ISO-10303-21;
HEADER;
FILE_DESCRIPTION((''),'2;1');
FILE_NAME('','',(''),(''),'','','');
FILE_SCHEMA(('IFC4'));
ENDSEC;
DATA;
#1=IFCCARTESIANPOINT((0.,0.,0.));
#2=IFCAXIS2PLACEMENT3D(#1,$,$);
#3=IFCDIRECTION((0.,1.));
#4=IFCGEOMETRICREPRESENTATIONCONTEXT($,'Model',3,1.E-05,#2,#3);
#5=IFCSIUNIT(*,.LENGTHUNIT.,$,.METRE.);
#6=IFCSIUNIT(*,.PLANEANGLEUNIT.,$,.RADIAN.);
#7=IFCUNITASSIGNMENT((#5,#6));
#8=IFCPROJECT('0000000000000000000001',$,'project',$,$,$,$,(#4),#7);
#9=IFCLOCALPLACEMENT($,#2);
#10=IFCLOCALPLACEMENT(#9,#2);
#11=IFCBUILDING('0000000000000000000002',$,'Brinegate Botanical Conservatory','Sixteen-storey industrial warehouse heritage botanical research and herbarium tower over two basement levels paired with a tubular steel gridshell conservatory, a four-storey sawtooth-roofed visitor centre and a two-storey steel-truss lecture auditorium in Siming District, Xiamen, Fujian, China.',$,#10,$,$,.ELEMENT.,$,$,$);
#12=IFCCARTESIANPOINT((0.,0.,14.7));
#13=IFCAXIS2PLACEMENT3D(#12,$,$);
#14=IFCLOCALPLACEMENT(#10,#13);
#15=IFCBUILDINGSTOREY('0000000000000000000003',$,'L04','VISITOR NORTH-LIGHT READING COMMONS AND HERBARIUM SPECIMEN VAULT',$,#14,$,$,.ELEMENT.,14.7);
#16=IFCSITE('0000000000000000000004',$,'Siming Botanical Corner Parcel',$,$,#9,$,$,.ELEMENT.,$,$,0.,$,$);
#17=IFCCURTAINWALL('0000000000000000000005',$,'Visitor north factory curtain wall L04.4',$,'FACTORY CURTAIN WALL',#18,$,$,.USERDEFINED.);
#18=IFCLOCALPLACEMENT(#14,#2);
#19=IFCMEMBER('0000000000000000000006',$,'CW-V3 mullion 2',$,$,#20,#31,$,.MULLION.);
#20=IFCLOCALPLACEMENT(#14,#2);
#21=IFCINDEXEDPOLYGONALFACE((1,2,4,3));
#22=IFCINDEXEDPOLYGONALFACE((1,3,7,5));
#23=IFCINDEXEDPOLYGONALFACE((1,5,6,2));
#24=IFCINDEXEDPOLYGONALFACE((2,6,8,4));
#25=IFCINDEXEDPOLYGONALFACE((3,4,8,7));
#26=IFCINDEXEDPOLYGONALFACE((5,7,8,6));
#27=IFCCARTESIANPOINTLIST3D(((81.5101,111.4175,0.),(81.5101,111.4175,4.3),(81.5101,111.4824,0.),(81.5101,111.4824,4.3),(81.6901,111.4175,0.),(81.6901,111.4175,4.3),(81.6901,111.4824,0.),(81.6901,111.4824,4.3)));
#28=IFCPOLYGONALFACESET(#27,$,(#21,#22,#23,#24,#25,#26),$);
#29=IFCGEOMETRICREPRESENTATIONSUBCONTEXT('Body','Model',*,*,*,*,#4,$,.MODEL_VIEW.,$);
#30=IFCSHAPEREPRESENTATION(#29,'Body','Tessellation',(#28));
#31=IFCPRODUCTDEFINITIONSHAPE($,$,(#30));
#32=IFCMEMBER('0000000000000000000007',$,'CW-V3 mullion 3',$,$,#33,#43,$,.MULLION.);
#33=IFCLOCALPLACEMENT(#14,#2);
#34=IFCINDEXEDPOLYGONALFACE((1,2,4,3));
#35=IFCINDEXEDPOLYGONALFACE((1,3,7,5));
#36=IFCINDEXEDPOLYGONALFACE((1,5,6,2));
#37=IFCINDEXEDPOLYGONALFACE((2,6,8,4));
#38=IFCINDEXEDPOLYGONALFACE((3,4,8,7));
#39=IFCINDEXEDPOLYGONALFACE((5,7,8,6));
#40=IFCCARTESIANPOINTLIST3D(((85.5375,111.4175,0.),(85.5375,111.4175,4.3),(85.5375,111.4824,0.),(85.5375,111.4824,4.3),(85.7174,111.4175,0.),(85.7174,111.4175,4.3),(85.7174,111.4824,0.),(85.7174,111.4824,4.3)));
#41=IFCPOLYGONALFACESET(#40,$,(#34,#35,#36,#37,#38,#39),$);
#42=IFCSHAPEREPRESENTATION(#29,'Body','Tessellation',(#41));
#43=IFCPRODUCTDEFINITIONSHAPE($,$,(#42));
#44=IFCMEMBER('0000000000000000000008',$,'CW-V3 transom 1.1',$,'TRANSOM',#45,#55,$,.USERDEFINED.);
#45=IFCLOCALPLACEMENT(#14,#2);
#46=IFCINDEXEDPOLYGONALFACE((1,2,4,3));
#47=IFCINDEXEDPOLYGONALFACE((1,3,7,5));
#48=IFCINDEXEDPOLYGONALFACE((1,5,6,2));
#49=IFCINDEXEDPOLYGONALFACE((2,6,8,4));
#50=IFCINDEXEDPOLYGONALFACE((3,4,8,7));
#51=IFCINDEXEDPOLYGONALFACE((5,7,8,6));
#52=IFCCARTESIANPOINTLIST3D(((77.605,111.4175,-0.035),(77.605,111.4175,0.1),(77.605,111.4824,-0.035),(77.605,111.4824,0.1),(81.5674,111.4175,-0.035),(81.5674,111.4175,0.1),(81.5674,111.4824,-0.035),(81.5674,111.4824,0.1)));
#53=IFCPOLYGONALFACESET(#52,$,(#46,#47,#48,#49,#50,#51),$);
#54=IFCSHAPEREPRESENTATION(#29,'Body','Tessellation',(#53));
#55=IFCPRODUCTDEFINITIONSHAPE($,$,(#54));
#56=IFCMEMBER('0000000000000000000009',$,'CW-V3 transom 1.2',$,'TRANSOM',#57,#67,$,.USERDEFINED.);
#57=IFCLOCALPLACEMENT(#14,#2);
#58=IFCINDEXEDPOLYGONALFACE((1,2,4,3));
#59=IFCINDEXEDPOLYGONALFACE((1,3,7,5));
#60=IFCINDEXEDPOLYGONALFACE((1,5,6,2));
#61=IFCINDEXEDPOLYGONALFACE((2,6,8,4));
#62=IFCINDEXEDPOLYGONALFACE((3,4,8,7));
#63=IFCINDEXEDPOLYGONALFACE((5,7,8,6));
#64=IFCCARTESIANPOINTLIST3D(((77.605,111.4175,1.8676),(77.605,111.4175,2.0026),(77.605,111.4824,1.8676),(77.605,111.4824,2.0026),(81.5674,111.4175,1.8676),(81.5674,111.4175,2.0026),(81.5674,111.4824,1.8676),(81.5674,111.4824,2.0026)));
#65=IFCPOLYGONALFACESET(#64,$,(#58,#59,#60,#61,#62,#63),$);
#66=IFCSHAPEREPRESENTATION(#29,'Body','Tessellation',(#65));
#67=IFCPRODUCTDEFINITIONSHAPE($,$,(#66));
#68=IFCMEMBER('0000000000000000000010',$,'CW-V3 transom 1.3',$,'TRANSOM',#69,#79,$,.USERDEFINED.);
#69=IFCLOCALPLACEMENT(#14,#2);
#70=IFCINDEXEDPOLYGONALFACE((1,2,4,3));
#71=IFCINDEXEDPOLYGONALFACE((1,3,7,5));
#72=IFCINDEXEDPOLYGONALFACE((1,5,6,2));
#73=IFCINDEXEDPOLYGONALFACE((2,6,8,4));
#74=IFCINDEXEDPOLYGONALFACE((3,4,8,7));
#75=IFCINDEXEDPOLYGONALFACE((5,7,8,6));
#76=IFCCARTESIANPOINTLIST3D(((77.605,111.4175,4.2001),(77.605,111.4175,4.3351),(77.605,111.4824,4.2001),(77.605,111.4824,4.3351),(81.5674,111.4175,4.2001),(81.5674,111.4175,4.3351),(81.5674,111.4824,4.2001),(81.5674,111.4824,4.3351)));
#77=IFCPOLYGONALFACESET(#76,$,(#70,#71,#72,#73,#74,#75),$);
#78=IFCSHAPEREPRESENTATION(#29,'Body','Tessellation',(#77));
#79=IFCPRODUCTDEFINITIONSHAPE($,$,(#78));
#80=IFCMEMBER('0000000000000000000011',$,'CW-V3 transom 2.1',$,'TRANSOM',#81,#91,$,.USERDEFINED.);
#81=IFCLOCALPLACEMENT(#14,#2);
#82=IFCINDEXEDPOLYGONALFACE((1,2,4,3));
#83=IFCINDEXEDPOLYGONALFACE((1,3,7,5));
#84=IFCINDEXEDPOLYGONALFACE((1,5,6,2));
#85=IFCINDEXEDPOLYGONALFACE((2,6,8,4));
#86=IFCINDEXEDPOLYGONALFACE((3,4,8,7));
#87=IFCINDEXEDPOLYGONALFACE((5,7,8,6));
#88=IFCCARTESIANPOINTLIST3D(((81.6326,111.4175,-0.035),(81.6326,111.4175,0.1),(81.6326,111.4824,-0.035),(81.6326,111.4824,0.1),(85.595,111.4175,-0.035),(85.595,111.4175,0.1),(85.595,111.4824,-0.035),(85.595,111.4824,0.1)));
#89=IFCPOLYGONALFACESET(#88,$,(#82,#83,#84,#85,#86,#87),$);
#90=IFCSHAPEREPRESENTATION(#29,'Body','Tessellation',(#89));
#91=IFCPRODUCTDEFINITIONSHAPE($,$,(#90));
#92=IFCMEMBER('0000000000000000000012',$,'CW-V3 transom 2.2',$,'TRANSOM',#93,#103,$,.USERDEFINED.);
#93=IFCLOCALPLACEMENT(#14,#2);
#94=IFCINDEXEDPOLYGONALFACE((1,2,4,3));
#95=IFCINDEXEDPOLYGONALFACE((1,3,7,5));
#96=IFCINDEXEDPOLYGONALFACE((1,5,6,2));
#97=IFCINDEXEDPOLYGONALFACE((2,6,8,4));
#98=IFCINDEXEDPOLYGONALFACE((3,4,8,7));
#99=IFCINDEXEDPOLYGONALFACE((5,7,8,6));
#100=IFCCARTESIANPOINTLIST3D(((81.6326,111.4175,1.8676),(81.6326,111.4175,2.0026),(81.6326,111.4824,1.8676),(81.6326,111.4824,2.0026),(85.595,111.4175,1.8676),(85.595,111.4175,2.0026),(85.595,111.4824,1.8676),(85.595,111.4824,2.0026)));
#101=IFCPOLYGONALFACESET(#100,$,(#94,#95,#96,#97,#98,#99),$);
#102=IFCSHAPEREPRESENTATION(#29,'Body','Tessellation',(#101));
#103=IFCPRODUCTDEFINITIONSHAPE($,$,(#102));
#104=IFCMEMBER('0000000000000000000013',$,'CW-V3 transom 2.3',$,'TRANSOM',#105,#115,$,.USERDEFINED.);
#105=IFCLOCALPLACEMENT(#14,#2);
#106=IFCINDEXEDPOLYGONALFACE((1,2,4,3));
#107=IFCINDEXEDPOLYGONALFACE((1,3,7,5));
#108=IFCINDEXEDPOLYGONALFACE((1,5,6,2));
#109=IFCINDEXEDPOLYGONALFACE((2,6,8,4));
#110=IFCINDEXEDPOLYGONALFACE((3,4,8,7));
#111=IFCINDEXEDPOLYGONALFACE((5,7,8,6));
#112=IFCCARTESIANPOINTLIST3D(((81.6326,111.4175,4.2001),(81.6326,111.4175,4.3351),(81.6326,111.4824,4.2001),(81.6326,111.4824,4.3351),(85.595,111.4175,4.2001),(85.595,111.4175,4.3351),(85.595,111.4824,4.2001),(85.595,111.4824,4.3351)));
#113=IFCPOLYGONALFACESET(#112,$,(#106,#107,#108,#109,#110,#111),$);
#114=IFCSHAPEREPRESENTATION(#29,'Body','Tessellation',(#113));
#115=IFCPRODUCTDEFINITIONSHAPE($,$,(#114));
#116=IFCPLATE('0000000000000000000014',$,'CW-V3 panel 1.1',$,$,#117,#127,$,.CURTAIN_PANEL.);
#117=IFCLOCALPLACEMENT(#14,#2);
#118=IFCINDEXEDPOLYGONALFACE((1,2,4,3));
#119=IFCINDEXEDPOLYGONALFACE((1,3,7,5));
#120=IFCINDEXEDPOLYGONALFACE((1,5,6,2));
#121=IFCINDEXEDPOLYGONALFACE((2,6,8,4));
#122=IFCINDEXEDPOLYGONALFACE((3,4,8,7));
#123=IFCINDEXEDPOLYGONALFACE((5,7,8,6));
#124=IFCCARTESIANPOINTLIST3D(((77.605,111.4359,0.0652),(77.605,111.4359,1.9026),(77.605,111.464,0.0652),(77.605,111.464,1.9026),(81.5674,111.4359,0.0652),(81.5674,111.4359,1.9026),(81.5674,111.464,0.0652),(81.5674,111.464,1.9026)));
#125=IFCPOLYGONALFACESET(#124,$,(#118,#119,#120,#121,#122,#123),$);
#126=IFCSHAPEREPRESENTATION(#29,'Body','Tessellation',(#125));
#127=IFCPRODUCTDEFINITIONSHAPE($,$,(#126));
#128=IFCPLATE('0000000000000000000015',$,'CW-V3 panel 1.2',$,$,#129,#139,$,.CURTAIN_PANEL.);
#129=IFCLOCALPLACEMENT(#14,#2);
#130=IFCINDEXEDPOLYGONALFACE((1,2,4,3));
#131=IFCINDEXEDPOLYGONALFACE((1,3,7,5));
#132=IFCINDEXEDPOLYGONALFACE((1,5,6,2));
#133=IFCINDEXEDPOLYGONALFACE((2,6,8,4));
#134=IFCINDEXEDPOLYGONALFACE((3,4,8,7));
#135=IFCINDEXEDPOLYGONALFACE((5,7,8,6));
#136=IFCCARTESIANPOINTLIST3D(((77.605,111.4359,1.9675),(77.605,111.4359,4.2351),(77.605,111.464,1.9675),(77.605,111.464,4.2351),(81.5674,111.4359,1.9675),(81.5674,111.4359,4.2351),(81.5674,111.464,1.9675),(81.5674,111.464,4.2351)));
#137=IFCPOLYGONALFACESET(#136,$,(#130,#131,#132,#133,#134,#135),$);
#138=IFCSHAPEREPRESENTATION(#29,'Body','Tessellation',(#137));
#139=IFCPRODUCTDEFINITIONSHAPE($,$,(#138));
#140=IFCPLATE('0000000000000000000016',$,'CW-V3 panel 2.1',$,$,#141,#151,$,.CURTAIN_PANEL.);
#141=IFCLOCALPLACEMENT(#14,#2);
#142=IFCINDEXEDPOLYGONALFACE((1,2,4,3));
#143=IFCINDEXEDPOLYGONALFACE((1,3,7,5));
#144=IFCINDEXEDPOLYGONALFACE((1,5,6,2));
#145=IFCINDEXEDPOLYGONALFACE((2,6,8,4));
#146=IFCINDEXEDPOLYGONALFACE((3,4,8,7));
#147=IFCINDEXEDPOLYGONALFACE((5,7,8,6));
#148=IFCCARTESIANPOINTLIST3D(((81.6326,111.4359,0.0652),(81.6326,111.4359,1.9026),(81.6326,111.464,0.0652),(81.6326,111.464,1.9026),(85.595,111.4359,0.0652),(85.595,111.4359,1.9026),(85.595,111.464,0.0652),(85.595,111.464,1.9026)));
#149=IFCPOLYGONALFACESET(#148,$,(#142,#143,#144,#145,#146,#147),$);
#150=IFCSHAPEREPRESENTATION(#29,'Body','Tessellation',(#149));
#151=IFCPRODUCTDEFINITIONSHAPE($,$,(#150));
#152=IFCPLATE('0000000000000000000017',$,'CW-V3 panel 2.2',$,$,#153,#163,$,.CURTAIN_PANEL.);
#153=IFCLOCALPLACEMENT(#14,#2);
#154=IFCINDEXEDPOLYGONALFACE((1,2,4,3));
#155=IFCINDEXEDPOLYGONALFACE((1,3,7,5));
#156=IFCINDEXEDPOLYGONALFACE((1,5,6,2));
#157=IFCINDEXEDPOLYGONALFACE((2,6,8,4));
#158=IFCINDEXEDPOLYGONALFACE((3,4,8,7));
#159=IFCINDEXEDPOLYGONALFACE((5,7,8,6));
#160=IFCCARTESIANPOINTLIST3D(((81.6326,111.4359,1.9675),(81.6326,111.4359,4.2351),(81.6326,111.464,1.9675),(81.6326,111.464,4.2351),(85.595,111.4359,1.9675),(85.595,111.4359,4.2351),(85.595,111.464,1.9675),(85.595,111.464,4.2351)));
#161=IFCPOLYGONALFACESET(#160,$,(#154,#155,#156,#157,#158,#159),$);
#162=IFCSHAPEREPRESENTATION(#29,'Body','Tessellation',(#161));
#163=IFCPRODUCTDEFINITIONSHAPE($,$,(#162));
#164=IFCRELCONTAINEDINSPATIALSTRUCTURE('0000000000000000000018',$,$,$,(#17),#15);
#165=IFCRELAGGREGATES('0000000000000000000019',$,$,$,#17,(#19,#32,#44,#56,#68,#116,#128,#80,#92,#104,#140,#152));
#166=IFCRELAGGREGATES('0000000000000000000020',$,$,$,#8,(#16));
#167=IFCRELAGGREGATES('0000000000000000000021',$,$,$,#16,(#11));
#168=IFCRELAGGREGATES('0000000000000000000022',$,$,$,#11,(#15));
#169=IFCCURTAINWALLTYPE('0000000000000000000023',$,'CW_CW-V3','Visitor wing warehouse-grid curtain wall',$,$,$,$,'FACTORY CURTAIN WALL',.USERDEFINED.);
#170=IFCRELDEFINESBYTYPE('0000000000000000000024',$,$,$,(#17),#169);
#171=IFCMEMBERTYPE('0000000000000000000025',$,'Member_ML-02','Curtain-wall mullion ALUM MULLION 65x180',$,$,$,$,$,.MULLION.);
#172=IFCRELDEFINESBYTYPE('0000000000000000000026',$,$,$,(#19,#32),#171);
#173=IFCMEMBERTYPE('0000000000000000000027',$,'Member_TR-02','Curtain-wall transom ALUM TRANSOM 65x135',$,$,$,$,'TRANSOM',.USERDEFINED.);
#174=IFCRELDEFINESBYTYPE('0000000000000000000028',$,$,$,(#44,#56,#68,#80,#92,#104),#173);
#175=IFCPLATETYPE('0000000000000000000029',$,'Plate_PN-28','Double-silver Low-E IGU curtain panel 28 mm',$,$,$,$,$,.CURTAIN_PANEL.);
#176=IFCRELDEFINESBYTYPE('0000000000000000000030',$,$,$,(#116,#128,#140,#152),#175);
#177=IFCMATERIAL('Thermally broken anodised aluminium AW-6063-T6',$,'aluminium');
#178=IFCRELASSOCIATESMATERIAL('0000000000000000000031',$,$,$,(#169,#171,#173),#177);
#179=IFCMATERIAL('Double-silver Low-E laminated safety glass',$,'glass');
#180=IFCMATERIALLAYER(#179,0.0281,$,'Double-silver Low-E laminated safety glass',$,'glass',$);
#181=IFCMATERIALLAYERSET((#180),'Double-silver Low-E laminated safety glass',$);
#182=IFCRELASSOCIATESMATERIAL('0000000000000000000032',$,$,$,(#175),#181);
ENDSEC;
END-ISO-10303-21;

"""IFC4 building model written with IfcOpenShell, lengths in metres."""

from ifc_helpers import new_model, si_unit, direction, frame, origin, origin_2d, place, context, subcontext, project, spatial, rectangle, extrude, material, layer, layer_set, material_profile, profile_set, type_object, element, aggregate, save


model = new_model("IFC4")

# Units and contexts
model_context = context("Model", 3, precision=1e-05, world=origin(), true_north=direction((0.0, 1.0)))
body_context = subcontext(model_context, "Body", "Model", "MODEL_VIEW")
ifc_project = project(units=[si_unit("LENGTHUNIT", "METRE"), si_unit("PLANEANGLEUNIT", "RADIAN")], contexts=[model_context])

# Site, building, storey
site_placement = place(None, origin())
site = spatial("IfcSite", under=ifc_project, at=site_placement, Name="Siming Botanical Corner Parcel", CompositionType="ELEMENT", RefElevation=0.0)
building_placement = place(site_placement, origin())
building = spatial("IfcBuilding", under=site, at=building_placement, Name="Brinegate Botanical Conservatory", Description="Sixteen-storey industrial warehouse heritage botanical research and herbarium tower over two basement levels paired with a tubular steel gridshell conservatory, a four-storey sawtooth-roofed visitor centre and a two-storey steel-truss lecture auditorium in Siming District, Xiamen, Fujian, China.", CompositionType="ELEMENT")
storey_placement = place(building_placement, frame((0.0, 0.0, 14.7)))
storey = spatial("IfcBuildingStorey", under=building, at=storey_placement, Name="L04", Description="VISITOR NORTH-LIGHT READING COMMONS AND HERBARIUM SPECIMEN VAULT", CompositionType="ELEMENT", Elevation=14.7)

# Curtain wall, members, plates
ifc_material_1 = material(Name="Thermally broken anodised aluminium AW-6063-T6", Category="aluminium")
curtain_wall_type = type_object("IfcCurtainWallType", Name="CW_CW-V3", Description="Visitor wing warehouse-grid curtain wall", ElementType="FACTORY CURTAIN WALL", PredefinedType="USERDEFINED", material=ifc_material_1)
curtain_wall_placement = place(storey_placement, origin())
curtain_wall = element("IfcCurtainWall", 1, at=curtain_wall_placement, inside=storey, type_object=curtain_wall_type, Name="Visitor north factory curtain wall L04.4", ObjectType="FACTORY CURTAIN WALL", PredefinedType="USERDEFINED")
ifc_material_profile_1 = material_profile(ifc_material_1, rectangle(XDim=0.0649, YDim=0.1799, at=origin_2d()), Name="ALUM MULLION 65x180")
ifc_profile_set_1 = profile_set([ifc_material_profile_1], Name="Thermally broken anodised aluminium AW-6063-T6")
member_type_1 = type_object("IfcMemberType", Name="Member_ML-02", Description="Curtain-wall mullion ALUM MULLION 65x180", PredefinedType="MULLION", material=ifc_profile_set_1)
member_1_placement = place(storey_placement, frame((81.6001, 111.45, 0.0), z_axis=(0.0, 0.0, 1.0), x_axis=(0.0, 1.0, 0.0)))
member_1 = element("IfcMember", 2, at=member_1_placement, type_object=member_type_1, Name="CW-V3 mullion 2", PredefinedType="MULLION", context=body_context, shape_type="SweptSolid", body=[
    extrude(rectangle(XDim=0.0649, YDim=0.1799, at=origin_2d()), origin(), (0.0, 0.0, 1.0), 4.3),
])
member_2_placement = place(storey_placement, frame((85.6274, 111.45, 0.0), z_axis=(0.0, 0.0, 1.0), x_axis=(0.0, 1.0, 0.0)))
member_2 = element("IfcMember", 3, at=member_2_placement, type_object=member_type_1, Name="CW-V3 mullion 3", PredefinedType="MULLION", context=body_context, shape_type="SweptSolid", body=[
    extrude(rectangle(XDim=0.0649, YDim=0.1799, at=origin_2d()), origin(), (0.0, 0.0, 1.0), 4.3),
])
ifc_material_profile_2 = material_profile(ifc_material_1, rectangle(XDim=0.0649, YDim=0.135, at=origin_2d()), Name="ALUM TRANSOM 65x135")
ifc_profile_set_2 = profile_set([ifc_material_profile_2], Name="Thermally broken anodised aluminium AW-6063-T6")
member_type_2 = type_object("IfcMemberType", Name="Member_TR-02", Description="Curtain-wall transom ALUM TRANSOM 65x135", ElementType="TRANSOM", PredefinedType="USERDEFINED", material=ifc_profile_set_2)
member_3_placement = place(storey_placement, frame((77.605, 111.45, 0.0325), z_axis=(1.0, 0.0, 0.0), x_axis=(0.0, 1.0, 0.0)))
member_3 = element("IfcMember", 4, at=member_3_placement, type_object=member_type_2, Name="CW-V3 transom 1.1", ObjectType="TRANSOM", PredefinedType="USERDEFINED", context=body_context, shape_type="SweptSolid", body=[
    extrude(rectangle(XDim=0.0649, YDim=0.135, at=origin_2d()), origin(), (0.0, 0.0, 1.0), 3.9624),
])
member_4_placement = place(storey_placement, frame((77.605, 111.45, 1.9351), z_axis=(1.0, 0.0, 0.0), x_axis=(0.0, 1.0, 0.0)))
member_4 = element("IfcMember", 5, at=member_4_placement, type_object=member_type_2, Name="CW-V3 transom 1.2", ObjectType="TRANSOM", PredefinedType="USERDEFINED", context=body_context, shape_type="SweptSolid", body=[
    extrude(rectangle(XDim=0.0649, YDim=0.135, at=origin_2d()), origin(), (0.0, 0.0, 1.0), 3.9624),
])
member_5_placement = place(storey_placement, frame((77.605, 111.45, 4.2676), z_axis=(1.0, 0.0, 0.0), x_axis=(0.0, 1.0, 0.0)))
member_5 = element("IfcMember", 6, at=member_5_placement, type_object=member_type_2, Name="CW-V3 transom 1.3", ObjectType="TRANSOM", PredefinedType="USERDEFINED", context=body_context, shape_type="SweptSolid", body=[
    extrude(rectangle(XDim=0.0649, YDim=0.135, at=origin_2d()), origin(), (0.0, 0.0, 1.0), 3.9624),
])
member_6_placement = place(storey_placement, frame((81.6326, 111.45, 0.0325), z_axis=(1.0, 0.0, 0.0), x_axis=(0.0, 1.0, 0.0)))
member_6 = element("IfcMember", 7, at=member_6_placement, type_object=member_type_2, Name="CW-V3 transom 2.1", ObjectType="TRANSOM", PredefinedType="USERDEFINED", context=body_context, shape_type="SweptSolid", body=[
    extrude(rectangle(XDim=0.0649, YDim=0.135, at=origin_2d()), origin(), (0.0, 0.0, 1.0), 3.9624),
])
member_7_placement = place(storey_placement, frame((81.6326, 111.45, 1.9351), z_axis=(1.0, 0.0, 0.0), x_axis=(0.0, 1.0, 0.0)))
member_7 = element("IfcMember", 8, at=member_7_placement, type_object=member_type_2, Name="CW-V3 transom 2.2", ObjectType="TRANSOM", PredefinedType="USERDEFINED", context=body_context, shape_type="SweptSolid", body=[
    extrude(rectangle(XDim=0.0649, YDim=0.135, at=origin_2d()), origin(), (0.0, 0.0, 1.0), 3.9624),
])
member_8_placement = place(storey_placement, frame((81.6326, 111.45, 4.2676), z_axis=(1.0, 0.0, 0.0), x_axis=(0.0, 1.0, 0.0)))
member_8 = element("IfcMember", 9, at=member_8_placement, type_object=member_type_2, Name="CW-V3 transom 2.3", ObjectType="TRANSOM", PredefinedType="USERDEFINED", context=body_context, shape_type="SweptSolid", body=[
    extrude(rectangle(XDim=0.0649, YDim=0.135, at=origin_2d()), origin(), (0.0, 0.0, 1.0), 3.9624),
])
ifc_material_2 = material(Name="Double-silver Low-E laminated safety glass", Category="glass")
ifc_layer_1 = layer(ifc_material_2, 0.0281, Name="Double-silver Low-E laminated safety glass", Category="glass")
ifc_layer_set_1 = layer_set([ifc_layer_1], Name="Double-silver Low-E laminated safety glass")
plate_type = type_object("IfcPlateType", Name="Plate_PN-28", Description="Double-silver Low-E IGU curtain panel 28 mm", PredefinedType="CURTAIN_PANEL", material=ifc_layer_set_1)
plate_1_placement = place(storey_placement, frame((79.5862, 111.45, 0.0652), z_axis=(0.0, 0.0, 1.0), x_axis=(1.0, 0.0, 0.0)))
plate_1 = element("IfcPlate", 10, at=plate_1_placement, type_object=plate_type, Name="CW-V3 panel 1.1", PredefinedType="CURTAIN_PANEL", context=body_context, shape_type="SweptSolid", body=[
    extrude(rectangle(XDim=3.9624, YDim=0.0281, at=origin_2d()), origin(), (0.0, 0.0, 1.0), 1.8374),
])
plate_2_placement = place(storey_placement, frame((79.5862, 111.45, 1.9675), z_axis=(0.0, 0.0, 1.0), x_axis=(1.0, 0.0, 0.0)))
plate_2 = element("IfcPlate", 11, at=plate_2_placement, type_object=plate_type, Name="CW-V3 panel 1.2", PredefinedType="CURTAIN_PANEL", context=body_context, shape_type="SweptSolid", body=[
    extrude(rectangle(XDim=3.9624, YDim=0.0281, at=origin_2d()), origin(), (0.0, 0.0, 1.0), 2.2676),
])
plate_3_placement = place(storey_placement, frame((83.6138, 111.45, 0.0652), z_axis=(0.0, 0.0, 1.0), x_axis=(1.0, 0.0, 0.0)))
plate_3 = element("IfcPlate", 12, at=plate_3_placement, type_object=plate_type, Name="CW-V3 panel 2.1", PredefinedType="CURTAIN_PANEL", context=body_context, shape_type="SweptSolid", body=[
    extrude(rectangle(XDim=3.9624, YDim=0.0281, at=origin_2d()), origin(), (0.0, 0.0, 1.0), 1.8374),
])
plate_4_placement = place(storey_placement, frame((83.6138, 111.45, 1.9675), z_axis=(0.0, 0.0, 1.0), x_axis=(1.0, 0.0, 0.0)))
plate_4 = element("IfcPlate", 13, at=plate_4_placement, type_object=plate_type, Name="CW-V3 panel 2.2", PredefinedType="CURTAIN_PANEL", context=body_context, shape_type="SweptSolid", body=[
    extrude(rectangle(XDim=3.9624, YDim=0.0281, at=origin_2d()), origin(), (0.0, 0.0, 1.0), 2.2676),
])
aggregate(curtain_wall, [member_1, member_2, member_3, member_4, member_5, plate_1, plate_2, member_6, member_7, member_8, plate_3, plate_4])

save(model, "model.ifc")
